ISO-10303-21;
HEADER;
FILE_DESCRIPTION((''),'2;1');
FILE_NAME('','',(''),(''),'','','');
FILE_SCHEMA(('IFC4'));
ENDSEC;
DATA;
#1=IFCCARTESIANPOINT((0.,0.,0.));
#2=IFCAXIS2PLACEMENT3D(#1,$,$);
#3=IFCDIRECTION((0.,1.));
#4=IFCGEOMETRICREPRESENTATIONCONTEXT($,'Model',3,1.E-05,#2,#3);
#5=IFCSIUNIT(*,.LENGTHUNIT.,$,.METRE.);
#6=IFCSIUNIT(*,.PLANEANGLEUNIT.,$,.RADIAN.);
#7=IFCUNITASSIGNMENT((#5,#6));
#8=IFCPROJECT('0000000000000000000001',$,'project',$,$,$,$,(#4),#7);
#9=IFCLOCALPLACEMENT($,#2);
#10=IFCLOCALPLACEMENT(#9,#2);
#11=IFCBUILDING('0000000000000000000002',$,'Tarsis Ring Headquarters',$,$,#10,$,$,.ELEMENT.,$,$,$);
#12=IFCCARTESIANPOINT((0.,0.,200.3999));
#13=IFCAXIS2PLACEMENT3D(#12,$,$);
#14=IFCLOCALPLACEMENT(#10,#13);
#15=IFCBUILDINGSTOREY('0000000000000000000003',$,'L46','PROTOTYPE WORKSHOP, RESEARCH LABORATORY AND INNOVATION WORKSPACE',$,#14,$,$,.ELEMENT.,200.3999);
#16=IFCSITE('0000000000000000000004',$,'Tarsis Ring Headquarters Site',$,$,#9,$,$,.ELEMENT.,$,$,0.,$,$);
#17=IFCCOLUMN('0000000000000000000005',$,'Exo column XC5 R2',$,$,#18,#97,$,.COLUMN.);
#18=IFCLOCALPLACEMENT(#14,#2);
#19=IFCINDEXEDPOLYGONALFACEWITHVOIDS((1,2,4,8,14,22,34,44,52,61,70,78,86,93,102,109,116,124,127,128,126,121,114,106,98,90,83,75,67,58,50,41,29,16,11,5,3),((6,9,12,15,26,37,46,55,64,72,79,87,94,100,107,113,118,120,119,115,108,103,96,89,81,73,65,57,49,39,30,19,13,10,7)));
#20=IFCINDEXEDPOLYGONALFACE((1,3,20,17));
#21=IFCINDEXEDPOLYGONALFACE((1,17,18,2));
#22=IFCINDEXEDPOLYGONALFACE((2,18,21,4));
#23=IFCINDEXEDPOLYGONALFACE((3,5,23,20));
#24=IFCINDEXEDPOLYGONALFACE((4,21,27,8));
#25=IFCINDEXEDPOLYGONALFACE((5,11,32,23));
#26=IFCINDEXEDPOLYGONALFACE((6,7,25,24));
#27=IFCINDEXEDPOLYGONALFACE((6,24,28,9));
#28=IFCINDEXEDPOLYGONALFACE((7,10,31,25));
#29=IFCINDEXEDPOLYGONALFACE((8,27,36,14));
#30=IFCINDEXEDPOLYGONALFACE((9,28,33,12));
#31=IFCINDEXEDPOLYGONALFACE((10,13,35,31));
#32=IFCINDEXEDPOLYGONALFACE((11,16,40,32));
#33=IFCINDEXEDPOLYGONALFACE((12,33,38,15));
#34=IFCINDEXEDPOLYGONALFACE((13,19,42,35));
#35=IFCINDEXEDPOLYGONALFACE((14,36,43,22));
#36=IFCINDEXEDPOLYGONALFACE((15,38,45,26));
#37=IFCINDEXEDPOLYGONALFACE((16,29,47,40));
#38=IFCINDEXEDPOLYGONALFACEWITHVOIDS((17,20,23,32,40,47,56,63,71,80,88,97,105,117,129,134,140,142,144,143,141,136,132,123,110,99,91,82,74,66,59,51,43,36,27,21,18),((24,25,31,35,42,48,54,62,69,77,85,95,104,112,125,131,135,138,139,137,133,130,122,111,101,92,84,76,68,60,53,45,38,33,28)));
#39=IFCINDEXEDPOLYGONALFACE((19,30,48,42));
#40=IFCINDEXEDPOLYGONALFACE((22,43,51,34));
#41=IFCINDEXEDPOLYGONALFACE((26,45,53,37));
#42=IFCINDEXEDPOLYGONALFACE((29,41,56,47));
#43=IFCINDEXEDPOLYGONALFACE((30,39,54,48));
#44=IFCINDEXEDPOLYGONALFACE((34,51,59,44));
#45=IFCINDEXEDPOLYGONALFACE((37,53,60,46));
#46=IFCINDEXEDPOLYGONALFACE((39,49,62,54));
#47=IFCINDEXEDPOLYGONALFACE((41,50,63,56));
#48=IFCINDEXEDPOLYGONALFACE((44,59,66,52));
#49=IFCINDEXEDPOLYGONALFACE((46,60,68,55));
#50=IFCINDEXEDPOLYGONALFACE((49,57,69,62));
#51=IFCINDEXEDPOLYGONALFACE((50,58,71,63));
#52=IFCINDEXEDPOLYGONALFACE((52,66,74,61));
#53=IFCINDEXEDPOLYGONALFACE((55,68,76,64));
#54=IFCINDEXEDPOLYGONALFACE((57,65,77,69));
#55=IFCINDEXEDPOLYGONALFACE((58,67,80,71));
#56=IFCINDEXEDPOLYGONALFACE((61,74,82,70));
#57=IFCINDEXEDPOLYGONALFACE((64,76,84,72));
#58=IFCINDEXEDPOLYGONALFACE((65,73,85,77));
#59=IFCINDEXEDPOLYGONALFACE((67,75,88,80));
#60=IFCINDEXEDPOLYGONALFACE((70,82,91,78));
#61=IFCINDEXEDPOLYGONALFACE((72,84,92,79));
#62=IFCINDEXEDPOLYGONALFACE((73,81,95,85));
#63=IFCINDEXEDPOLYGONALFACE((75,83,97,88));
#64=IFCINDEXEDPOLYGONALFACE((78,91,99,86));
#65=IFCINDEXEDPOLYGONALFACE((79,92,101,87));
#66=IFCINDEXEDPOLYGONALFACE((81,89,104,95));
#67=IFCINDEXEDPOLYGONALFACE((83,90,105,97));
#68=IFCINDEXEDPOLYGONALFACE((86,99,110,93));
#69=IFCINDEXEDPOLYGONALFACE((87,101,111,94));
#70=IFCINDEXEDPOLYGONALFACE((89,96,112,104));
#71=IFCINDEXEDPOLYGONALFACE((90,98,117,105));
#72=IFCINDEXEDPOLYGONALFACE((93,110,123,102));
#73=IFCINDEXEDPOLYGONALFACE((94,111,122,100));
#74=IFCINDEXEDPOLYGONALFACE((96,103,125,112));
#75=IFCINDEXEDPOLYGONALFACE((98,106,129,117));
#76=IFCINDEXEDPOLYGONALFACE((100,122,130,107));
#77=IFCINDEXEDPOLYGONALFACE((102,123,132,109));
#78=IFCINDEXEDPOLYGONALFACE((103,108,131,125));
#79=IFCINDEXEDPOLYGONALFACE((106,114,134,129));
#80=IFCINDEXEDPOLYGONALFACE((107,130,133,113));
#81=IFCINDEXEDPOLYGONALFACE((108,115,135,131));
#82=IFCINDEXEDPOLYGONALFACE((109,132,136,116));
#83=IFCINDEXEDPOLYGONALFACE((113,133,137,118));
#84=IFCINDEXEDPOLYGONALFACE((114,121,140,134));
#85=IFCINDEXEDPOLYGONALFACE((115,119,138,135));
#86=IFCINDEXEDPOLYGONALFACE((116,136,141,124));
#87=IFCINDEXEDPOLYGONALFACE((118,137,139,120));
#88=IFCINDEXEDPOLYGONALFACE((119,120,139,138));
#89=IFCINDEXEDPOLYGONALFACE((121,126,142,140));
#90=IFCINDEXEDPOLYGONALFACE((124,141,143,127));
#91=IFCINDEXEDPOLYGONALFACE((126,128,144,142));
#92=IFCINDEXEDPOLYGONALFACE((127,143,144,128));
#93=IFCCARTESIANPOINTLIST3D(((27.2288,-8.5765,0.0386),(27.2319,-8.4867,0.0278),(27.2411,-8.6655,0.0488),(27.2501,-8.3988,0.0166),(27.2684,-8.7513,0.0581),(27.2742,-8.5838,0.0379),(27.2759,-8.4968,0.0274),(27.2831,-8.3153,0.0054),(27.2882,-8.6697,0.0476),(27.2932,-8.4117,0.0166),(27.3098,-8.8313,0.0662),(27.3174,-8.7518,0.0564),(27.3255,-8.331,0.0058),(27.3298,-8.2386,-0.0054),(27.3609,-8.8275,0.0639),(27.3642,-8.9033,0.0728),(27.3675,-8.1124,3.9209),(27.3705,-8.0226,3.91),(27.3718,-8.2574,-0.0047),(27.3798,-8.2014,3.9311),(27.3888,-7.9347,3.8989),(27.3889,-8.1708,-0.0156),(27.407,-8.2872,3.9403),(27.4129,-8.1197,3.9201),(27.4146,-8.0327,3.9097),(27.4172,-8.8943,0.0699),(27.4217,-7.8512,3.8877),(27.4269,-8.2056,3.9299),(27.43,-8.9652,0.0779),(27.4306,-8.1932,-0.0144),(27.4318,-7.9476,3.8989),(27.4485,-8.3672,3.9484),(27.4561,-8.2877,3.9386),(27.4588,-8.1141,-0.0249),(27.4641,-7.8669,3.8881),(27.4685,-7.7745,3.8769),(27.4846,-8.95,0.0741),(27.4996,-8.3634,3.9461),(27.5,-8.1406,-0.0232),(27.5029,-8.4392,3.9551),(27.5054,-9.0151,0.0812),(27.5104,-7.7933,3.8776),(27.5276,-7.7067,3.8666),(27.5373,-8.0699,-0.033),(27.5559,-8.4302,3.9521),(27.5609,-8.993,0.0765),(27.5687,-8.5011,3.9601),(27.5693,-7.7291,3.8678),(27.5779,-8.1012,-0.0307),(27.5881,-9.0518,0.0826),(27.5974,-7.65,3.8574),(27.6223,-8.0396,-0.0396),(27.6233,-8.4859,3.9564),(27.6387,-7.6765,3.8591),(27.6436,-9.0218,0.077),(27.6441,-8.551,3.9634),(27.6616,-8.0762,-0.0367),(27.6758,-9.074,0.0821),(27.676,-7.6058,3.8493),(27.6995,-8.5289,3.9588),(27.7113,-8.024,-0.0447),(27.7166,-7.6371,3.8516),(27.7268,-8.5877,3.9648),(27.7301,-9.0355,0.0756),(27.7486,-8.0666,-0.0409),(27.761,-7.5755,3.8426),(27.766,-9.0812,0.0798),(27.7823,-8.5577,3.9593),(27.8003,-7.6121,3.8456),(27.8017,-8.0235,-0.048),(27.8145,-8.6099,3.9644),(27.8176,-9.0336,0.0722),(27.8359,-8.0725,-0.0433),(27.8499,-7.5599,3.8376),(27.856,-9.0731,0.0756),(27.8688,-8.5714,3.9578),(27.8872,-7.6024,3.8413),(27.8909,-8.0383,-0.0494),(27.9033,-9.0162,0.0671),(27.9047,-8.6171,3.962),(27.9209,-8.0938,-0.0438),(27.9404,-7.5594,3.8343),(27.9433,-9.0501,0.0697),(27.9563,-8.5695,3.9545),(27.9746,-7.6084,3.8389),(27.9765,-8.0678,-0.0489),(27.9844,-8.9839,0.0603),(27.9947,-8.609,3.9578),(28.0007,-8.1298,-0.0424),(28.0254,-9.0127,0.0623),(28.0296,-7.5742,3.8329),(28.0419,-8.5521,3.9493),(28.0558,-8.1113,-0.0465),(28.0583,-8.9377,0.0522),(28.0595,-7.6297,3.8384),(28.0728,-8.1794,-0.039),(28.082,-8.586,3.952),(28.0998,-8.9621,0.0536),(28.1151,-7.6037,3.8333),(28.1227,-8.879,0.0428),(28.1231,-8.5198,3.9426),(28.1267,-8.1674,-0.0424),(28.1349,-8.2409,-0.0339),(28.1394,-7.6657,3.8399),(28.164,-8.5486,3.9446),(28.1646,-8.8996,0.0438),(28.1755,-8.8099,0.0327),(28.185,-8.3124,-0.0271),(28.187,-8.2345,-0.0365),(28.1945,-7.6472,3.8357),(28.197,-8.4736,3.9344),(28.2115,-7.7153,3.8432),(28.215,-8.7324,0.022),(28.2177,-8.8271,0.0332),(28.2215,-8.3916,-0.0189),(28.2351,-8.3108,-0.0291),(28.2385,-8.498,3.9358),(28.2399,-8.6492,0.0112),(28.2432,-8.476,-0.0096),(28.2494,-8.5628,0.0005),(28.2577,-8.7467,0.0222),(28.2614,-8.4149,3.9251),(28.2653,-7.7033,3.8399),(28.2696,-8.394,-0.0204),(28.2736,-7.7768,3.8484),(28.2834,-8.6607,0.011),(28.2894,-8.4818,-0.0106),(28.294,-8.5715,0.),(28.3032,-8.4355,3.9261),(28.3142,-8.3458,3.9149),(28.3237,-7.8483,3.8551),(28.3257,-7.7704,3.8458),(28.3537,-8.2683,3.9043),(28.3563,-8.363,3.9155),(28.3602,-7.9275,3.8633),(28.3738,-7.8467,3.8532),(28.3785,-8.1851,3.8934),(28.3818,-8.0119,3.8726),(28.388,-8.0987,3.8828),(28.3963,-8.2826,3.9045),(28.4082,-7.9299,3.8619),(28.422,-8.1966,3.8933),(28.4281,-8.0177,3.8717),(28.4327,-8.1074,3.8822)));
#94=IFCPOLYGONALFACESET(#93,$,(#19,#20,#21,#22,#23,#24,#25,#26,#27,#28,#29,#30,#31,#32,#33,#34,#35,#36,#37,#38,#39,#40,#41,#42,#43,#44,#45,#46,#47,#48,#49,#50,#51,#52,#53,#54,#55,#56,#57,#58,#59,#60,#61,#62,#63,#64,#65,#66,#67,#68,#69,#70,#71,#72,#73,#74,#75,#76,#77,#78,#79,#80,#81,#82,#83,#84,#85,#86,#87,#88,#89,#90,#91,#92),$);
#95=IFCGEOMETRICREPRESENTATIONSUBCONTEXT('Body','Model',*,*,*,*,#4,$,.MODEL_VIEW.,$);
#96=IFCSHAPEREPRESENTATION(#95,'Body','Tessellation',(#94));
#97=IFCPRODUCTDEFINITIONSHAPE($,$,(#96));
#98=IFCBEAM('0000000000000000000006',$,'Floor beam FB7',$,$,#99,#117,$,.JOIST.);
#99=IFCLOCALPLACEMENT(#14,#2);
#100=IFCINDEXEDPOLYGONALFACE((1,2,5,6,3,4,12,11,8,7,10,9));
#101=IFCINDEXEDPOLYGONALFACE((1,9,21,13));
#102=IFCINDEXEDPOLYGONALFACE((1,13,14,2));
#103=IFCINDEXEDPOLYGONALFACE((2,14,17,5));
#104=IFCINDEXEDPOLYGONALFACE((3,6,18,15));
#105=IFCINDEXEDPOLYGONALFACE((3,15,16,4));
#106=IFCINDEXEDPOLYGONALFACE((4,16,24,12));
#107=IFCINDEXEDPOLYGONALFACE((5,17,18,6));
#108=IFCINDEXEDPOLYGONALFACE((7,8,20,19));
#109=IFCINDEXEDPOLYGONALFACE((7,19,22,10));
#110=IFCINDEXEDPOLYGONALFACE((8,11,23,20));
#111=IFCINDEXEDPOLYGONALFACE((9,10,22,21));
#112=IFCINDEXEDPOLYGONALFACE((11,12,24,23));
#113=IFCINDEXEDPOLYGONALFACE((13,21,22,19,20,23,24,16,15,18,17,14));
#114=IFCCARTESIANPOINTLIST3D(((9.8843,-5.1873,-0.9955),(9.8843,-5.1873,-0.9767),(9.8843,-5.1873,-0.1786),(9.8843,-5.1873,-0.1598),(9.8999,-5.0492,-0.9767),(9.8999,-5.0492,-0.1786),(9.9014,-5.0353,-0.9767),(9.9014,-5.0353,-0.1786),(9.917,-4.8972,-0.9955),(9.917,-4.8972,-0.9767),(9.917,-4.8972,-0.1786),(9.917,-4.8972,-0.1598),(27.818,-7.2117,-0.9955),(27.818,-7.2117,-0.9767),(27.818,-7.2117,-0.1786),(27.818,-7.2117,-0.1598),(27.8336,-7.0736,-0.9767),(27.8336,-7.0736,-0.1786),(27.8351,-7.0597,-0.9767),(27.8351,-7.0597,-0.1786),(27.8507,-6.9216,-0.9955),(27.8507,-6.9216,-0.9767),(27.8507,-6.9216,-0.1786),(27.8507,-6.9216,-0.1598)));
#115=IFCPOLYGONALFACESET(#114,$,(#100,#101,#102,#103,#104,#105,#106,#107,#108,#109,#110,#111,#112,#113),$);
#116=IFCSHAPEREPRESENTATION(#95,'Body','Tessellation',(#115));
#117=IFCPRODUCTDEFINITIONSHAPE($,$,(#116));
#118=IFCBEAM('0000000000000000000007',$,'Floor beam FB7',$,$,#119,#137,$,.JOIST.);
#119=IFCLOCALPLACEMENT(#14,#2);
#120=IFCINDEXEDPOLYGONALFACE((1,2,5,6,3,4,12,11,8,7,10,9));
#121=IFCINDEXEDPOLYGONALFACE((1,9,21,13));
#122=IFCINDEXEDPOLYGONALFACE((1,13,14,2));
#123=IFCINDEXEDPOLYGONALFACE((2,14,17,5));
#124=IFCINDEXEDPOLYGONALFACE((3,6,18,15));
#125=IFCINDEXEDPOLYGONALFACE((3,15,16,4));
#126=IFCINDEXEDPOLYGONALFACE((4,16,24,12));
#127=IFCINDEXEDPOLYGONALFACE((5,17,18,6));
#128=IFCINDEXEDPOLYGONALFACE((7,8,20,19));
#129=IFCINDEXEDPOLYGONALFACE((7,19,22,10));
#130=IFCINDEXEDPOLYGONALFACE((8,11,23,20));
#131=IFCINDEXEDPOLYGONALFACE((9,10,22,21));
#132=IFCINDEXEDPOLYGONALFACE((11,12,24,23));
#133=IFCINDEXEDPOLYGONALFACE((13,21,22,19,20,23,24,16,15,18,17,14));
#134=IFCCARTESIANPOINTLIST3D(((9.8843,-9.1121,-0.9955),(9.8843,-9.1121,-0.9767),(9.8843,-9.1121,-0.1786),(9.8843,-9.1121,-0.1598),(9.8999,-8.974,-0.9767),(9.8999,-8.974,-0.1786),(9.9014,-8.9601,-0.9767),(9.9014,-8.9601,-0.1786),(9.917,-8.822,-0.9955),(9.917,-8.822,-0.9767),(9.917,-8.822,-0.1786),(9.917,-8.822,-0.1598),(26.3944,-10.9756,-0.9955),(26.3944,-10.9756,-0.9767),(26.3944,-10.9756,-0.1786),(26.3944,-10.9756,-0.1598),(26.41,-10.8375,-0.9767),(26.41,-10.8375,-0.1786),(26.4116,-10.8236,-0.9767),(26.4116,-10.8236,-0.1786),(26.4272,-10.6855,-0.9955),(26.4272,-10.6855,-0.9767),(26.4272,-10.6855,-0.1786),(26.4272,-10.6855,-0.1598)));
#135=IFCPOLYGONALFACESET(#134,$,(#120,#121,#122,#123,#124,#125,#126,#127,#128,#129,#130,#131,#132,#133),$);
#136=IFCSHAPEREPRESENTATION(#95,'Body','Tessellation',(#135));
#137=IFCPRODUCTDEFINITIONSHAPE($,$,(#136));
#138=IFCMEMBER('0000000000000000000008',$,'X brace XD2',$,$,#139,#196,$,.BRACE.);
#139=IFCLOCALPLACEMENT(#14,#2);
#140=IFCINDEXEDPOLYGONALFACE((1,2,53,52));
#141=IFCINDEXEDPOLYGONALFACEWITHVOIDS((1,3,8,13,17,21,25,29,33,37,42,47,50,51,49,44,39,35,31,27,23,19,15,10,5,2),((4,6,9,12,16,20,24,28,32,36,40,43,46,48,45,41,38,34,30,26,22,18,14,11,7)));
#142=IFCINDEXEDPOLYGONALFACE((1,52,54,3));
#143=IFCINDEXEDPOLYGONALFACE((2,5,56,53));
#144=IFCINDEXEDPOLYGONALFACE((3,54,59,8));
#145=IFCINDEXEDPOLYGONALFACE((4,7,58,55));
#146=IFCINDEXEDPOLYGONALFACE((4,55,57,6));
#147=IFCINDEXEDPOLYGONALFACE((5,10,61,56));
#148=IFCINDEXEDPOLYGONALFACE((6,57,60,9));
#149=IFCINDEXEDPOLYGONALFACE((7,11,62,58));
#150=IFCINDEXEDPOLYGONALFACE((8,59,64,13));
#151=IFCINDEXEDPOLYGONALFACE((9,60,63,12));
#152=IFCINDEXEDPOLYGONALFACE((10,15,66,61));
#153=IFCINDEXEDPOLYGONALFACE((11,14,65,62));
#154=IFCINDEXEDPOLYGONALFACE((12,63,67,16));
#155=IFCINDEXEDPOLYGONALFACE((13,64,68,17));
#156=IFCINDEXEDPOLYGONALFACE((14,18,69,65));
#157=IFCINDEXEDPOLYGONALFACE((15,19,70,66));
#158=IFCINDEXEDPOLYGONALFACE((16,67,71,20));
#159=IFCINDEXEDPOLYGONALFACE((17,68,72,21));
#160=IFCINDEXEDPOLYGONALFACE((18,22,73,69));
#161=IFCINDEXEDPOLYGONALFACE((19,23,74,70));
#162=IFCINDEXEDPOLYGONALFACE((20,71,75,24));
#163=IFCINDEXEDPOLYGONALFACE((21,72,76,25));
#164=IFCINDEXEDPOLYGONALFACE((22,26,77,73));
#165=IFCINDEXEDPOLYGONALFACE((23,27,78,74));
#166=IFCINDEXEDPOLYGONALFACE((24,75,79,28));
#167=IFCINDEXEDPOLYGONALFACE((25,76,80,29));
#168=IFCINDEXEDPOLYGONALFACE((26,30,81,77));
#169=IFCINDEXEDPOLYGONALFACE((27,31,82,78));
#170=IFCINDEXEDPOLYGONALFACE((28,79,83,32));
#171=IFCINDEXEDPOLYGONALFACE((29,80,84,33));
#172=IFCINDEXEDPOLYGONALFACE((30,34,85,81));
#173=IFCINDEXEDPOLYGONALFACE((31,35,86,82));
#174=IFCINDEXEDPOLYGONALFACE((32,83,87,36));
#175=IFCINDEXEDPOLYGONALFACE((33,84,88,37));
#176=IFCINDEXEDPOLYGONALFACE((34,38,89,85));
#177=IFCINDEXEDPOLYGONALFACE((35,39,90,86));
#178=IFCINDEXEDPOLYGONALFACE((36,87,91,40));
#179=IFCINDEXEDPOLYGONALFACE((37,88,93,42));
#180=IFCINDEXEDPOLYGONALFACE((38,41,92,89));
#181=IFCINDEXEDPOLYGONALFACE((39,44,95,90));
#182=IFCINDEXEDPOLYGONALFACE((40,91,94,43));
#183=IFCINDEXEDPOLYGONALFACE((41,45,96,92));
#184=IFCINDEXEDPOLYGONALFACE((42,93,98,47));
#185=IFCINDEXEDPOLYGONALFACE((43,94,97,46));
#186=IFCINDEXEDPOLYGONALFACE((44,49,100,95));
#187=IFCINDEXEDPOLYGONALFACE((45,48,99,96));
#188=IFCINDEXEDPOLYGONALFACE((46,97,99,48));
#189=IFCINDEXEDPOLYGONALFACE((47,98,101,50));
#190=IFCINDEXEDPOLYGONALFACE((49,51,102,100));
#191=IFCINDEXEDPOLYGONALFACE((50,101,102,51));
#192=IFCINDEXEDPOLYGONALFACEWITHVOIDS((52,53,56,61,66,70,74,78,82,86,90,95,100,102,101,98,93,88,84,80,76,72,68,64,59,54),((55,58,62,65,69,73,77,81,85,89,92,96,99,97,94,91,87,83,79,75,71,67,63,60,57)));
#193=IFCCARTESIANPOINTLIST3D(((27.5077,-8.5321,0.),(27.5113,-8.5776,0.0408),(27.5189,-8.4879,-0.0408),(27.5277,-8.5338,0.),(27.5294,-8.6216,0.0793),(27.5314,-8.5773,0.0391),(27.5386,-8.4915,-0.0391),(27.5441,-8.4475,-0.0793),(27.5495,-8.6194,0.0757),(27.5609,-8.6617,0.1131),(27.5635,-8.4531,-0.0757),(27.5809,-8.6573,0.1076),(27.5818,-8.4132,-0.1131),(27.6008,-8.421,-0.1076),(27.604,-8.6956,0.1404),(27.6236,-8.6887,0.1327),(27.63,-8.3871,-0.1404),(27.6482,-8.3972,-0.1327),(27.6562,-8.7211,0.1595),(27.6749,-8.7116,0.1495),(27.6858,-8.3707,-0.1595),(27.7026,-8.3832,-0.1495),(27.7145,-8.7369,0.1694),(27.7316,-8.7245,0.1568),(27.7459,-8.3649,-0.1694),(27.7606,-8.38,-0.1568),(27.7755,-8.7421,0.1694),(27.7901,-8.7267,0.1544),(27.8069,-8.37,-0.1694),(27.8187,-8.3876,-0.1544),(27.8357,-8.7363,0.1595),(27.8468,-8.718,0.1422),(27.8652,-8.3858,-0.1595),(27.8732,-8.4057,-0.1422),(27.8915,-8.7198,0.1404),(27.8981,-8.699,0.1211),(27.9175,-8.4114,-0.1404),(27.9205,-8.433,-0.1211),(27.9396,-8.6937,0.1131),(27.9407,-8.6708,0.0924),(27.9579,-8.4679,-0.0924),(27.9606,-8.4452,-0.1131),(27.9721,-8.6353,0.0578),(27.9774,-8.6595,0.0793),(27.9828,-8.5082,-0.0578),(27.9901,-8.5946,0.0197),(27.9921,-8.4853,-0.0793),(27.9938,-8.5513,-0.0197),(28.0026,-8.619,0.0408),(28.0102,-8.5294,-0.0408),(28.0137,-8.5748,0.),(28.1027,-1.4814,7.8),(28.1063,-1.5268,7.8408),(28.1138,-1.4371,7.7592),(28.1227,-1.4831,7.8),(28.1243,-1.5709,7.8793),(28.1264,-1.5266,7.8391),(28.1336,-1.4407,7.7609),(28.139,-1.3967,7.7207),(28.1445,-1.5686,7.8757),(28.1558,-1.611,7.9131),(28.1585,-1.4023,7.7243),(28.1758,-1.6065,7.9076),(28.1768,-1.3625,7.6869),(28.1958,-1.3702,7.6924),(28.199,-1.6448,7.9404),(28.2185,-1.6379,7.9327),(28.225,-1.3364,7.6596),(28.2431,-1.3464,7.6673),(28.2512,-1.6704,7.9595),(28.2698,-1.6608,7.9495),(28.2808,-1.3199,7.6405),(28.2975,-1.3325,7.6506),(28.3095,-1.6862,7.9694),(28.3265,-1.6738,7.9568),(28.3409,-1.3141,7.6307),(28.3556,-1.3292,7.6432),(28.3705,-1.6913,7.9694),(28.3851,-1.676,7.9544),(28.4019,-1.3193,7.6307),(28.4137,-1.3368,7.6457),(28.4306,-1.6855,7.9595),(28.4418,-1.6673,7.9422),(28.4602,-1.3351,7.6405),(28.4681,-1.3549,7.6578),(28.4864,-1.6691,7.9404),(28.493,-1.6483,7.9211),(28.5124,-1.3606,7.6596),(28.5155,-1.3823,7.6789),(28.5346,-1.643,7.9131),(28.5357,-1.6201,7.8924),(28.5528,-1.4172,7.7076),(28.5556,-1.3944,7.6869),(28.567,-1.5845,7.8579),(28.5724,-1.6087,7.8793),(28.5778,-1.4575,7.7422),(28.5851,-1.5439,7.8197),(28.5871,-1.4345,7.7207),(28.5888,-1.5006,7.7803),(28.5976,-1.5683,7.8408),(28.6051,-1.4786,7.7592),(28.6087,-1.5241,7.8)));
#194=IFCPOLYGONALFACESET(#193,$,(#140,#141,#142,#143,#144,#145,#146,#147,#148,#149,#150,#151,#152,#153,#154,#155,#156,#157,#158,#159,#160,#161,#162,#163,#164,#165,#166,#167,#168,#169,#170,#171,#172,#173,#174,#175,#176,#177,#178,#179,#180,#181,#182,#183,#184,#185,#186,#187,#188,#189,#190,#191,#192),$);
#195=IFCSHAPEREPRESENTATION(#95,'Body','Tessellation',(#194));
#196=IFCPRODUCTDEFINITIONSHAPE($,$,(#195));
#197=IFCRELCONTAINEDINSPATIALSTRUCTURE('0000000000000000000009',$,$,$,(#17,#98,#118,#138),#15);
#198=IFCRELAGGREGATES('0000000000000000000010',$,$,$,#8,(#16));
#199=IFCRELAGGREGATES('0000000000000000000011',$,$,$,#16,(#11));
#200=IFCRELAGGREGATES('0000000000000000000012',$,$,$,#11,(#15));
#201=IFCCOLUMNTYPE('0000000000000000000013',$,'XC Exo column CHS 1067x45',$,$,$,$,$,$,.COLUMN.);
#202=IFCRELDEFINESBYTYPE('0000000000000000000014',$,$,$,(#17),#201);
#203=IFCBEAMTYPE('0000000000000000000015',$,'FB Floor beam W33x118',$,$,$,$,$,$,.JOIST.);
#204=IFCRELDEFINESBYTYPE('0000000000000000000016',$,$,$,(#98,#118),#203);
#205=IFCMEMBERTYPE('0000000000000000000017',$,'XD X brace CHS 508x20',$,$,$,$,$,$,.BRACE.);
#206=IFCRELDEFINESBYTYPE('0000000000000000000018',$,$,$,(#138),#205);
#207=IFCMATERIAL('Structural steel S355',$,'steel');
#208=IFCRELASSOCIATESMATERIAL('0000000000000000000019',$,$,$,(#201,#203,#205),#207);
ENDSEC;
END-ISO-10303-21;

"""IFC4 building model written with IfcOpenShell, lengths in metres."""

from ifc_helpers import new_model, si_unit, direction, frame, origin, origin_2d, place, context, subcontext, project, spatial, hollow_circle, i_section, extrude, material, material_profile, profile_set, type_object, element, save


model = new_model("IFC4")

# Units and contexts
model_context = context("Model", 3, precision=1e-05, world=origin(), true_north=direction((0.0, 1.0)))
body_context = subcontext(model_context, "Body", "Model", "MODEL_VIEW")
ifc_project = project(units=[si_unit("LENGTHUNIT", "METRE"), si_unit("PLANEANGLEUNIT", "RADIAN")], contexts=[model_context])

# Site, building, storey
site_placement = place(None, origin())
site = spatial("IfcSite", under=ifc_project, at=site_placement, Name="Tarsis Ring Headquarters Site", CompositionType="ELEMENT", RefElevation=0.0)
building_placement = place(site_placement, origin())
building = spatial("IfcBuilding", under=site, at=building_placement, Name="Tarsis Ring Headquarters", CompositionType="ELEMENT")
storey_placement = place(building_placement, frame((0.0, 0.0, 200.3999)))
storey = spatial("IfcBuildingStorey", under=building, at=storey_placement, Name="L46", Description="PROTOTYPE WORKSHOP, RESEARCH LABORATORY AND INNOVATION WORKSPACE", CompositionType="ELEMENT", Elevation=200.3999)

# Column
ifc_material_1 = material(Name="Structural steel S355", Category="steel")
ifc_material_profile_1 = material_profile(ifc_material_1, hollow_circle(Radius=0.5334, WallThickness=0.0449, at=origin_2d()), Name="CHS 1067x45")
ifc_profile_set_1 = profile_set([ifc_material_profile_1], Name="Structural steel S355")
column_type = type_object("IfcColumnType", Name="XC Exo column CHS 1067x45", PredefinedType="COLUMN", material=ifc_profile_set_1)
column_placement = place(storey_placement, frame((27.7612, -8.5515, 0.0166), z_axis=(0.035444, 0.118625, 0.992306), x_axis=(-0.958145, 0.286284, 0.0)))
element("IfcColumn", 1, at=column_placement, inside=storey, type_object=column_type, Name="Exo column XC5 R2", PredefinedType="COLUMN", context=body_context, shape_type="SweptSolid", body=[
    extrude(hollow_circle(Radius=0.5334, WallThickness=0.0449, at=origin_2d()), origin(), (0.0, 0.0, 1.0), 3.9124),
])

# Beams
ifc_material_profile_2 = material_profile(ifc_material_1, i_section(OverallWidth=0.292, OverallDepth=0.8357, WebThickness=0.0139, FlangeThickness=0.0188, at=origin_2d()), Name="W33x118")
ifc_profile_set_2 = profile_set([ifc_material_profile_2], Name="Structural steel S355")
beam_type_1 = type_object("IfcBeamType", Name="FB Floor beam W33x118", PredefinedType="JOIST", material=ifc_profile_set_2)
beam_1_placement = place(storey_placement, frame((9.9006, -5.0422, -0.5776), z_axis=(0.993689, -0.112171, 0.0), x_axis=(0.112171, 0.993689, 0.0)))
element("IfcBeam", 2, at=beam_1_placement, inside=storey, type_object=beam_type_1, Name="Floor beam FB7", PredefinedType="JOIST", context=body_context, shape_type="SweptSolid", body=[
    extrude(i_section(OverallWidth=0.292, OverallDepth=0.8357, WebThickness=0.0139, FlangeThickness=0.0188, at=origin_2d()), origin(), (0.0, 0.0, 1.0), 18.0476),
])
beam_2_placement = place(storey_placement, frame((9.9006, -8.967, -0.5776), z_axis=(0.99369, -0.112159, 0.0), x_axis=(0.112159, 0.99369, 0.0)))
element("IfcBeam", 3, at=beam_2_placement, inside=storey, type_object=beam_type_1, Name="Floor beam FB7", PredefinedType="JOIST", context=body_context, shape_type="SweptSolid", body=[
    extrude(i_section(OverallWidth=0.292, OverallDepth=0.8357, WebThickness=0.0139, FlangeThickness=0.0188, at=origin_2d()), origin(), (0.0, 0.0, 1.0), 16.615),
])

# Member
ifc_material_profile_3 = material_profile(ifc_material_1, hollow_circle(Radius=0.2539, WallThickness=0.02, at=origin_2d()), Name="CHS 508x20")
ifc_profile_set_3 = profile_set([ifc_material_profile_3], Name="Structural steel S355")
member_type = type_object("IfcMemberType", Name="XD X brace CHS 508x20", PredefinedType="BRACE", material=ifc_profile_set_3)
member_placement = place(storey_placement, frame((27.7607, -8.5535, 0.0), z_axis=(0.056495, 0.669507, 0.740654), x_axis=(-0.996459, 0.084085, 0.0)))
element("IfcMember", 4, at=member_placement, inside=storey, type_object=member_type, Name="X brace XD2", PredefinedType="BRACE", context=body_context, shape_type="SweptSolid", body=[
    extrude(hollow_circle(Radius=0.2539, WallThickness=0.02, at=origin_2d()), origin(), (0.0, 0.0, 1.0), 10.5312),
])

save(model, "model.ifc")
